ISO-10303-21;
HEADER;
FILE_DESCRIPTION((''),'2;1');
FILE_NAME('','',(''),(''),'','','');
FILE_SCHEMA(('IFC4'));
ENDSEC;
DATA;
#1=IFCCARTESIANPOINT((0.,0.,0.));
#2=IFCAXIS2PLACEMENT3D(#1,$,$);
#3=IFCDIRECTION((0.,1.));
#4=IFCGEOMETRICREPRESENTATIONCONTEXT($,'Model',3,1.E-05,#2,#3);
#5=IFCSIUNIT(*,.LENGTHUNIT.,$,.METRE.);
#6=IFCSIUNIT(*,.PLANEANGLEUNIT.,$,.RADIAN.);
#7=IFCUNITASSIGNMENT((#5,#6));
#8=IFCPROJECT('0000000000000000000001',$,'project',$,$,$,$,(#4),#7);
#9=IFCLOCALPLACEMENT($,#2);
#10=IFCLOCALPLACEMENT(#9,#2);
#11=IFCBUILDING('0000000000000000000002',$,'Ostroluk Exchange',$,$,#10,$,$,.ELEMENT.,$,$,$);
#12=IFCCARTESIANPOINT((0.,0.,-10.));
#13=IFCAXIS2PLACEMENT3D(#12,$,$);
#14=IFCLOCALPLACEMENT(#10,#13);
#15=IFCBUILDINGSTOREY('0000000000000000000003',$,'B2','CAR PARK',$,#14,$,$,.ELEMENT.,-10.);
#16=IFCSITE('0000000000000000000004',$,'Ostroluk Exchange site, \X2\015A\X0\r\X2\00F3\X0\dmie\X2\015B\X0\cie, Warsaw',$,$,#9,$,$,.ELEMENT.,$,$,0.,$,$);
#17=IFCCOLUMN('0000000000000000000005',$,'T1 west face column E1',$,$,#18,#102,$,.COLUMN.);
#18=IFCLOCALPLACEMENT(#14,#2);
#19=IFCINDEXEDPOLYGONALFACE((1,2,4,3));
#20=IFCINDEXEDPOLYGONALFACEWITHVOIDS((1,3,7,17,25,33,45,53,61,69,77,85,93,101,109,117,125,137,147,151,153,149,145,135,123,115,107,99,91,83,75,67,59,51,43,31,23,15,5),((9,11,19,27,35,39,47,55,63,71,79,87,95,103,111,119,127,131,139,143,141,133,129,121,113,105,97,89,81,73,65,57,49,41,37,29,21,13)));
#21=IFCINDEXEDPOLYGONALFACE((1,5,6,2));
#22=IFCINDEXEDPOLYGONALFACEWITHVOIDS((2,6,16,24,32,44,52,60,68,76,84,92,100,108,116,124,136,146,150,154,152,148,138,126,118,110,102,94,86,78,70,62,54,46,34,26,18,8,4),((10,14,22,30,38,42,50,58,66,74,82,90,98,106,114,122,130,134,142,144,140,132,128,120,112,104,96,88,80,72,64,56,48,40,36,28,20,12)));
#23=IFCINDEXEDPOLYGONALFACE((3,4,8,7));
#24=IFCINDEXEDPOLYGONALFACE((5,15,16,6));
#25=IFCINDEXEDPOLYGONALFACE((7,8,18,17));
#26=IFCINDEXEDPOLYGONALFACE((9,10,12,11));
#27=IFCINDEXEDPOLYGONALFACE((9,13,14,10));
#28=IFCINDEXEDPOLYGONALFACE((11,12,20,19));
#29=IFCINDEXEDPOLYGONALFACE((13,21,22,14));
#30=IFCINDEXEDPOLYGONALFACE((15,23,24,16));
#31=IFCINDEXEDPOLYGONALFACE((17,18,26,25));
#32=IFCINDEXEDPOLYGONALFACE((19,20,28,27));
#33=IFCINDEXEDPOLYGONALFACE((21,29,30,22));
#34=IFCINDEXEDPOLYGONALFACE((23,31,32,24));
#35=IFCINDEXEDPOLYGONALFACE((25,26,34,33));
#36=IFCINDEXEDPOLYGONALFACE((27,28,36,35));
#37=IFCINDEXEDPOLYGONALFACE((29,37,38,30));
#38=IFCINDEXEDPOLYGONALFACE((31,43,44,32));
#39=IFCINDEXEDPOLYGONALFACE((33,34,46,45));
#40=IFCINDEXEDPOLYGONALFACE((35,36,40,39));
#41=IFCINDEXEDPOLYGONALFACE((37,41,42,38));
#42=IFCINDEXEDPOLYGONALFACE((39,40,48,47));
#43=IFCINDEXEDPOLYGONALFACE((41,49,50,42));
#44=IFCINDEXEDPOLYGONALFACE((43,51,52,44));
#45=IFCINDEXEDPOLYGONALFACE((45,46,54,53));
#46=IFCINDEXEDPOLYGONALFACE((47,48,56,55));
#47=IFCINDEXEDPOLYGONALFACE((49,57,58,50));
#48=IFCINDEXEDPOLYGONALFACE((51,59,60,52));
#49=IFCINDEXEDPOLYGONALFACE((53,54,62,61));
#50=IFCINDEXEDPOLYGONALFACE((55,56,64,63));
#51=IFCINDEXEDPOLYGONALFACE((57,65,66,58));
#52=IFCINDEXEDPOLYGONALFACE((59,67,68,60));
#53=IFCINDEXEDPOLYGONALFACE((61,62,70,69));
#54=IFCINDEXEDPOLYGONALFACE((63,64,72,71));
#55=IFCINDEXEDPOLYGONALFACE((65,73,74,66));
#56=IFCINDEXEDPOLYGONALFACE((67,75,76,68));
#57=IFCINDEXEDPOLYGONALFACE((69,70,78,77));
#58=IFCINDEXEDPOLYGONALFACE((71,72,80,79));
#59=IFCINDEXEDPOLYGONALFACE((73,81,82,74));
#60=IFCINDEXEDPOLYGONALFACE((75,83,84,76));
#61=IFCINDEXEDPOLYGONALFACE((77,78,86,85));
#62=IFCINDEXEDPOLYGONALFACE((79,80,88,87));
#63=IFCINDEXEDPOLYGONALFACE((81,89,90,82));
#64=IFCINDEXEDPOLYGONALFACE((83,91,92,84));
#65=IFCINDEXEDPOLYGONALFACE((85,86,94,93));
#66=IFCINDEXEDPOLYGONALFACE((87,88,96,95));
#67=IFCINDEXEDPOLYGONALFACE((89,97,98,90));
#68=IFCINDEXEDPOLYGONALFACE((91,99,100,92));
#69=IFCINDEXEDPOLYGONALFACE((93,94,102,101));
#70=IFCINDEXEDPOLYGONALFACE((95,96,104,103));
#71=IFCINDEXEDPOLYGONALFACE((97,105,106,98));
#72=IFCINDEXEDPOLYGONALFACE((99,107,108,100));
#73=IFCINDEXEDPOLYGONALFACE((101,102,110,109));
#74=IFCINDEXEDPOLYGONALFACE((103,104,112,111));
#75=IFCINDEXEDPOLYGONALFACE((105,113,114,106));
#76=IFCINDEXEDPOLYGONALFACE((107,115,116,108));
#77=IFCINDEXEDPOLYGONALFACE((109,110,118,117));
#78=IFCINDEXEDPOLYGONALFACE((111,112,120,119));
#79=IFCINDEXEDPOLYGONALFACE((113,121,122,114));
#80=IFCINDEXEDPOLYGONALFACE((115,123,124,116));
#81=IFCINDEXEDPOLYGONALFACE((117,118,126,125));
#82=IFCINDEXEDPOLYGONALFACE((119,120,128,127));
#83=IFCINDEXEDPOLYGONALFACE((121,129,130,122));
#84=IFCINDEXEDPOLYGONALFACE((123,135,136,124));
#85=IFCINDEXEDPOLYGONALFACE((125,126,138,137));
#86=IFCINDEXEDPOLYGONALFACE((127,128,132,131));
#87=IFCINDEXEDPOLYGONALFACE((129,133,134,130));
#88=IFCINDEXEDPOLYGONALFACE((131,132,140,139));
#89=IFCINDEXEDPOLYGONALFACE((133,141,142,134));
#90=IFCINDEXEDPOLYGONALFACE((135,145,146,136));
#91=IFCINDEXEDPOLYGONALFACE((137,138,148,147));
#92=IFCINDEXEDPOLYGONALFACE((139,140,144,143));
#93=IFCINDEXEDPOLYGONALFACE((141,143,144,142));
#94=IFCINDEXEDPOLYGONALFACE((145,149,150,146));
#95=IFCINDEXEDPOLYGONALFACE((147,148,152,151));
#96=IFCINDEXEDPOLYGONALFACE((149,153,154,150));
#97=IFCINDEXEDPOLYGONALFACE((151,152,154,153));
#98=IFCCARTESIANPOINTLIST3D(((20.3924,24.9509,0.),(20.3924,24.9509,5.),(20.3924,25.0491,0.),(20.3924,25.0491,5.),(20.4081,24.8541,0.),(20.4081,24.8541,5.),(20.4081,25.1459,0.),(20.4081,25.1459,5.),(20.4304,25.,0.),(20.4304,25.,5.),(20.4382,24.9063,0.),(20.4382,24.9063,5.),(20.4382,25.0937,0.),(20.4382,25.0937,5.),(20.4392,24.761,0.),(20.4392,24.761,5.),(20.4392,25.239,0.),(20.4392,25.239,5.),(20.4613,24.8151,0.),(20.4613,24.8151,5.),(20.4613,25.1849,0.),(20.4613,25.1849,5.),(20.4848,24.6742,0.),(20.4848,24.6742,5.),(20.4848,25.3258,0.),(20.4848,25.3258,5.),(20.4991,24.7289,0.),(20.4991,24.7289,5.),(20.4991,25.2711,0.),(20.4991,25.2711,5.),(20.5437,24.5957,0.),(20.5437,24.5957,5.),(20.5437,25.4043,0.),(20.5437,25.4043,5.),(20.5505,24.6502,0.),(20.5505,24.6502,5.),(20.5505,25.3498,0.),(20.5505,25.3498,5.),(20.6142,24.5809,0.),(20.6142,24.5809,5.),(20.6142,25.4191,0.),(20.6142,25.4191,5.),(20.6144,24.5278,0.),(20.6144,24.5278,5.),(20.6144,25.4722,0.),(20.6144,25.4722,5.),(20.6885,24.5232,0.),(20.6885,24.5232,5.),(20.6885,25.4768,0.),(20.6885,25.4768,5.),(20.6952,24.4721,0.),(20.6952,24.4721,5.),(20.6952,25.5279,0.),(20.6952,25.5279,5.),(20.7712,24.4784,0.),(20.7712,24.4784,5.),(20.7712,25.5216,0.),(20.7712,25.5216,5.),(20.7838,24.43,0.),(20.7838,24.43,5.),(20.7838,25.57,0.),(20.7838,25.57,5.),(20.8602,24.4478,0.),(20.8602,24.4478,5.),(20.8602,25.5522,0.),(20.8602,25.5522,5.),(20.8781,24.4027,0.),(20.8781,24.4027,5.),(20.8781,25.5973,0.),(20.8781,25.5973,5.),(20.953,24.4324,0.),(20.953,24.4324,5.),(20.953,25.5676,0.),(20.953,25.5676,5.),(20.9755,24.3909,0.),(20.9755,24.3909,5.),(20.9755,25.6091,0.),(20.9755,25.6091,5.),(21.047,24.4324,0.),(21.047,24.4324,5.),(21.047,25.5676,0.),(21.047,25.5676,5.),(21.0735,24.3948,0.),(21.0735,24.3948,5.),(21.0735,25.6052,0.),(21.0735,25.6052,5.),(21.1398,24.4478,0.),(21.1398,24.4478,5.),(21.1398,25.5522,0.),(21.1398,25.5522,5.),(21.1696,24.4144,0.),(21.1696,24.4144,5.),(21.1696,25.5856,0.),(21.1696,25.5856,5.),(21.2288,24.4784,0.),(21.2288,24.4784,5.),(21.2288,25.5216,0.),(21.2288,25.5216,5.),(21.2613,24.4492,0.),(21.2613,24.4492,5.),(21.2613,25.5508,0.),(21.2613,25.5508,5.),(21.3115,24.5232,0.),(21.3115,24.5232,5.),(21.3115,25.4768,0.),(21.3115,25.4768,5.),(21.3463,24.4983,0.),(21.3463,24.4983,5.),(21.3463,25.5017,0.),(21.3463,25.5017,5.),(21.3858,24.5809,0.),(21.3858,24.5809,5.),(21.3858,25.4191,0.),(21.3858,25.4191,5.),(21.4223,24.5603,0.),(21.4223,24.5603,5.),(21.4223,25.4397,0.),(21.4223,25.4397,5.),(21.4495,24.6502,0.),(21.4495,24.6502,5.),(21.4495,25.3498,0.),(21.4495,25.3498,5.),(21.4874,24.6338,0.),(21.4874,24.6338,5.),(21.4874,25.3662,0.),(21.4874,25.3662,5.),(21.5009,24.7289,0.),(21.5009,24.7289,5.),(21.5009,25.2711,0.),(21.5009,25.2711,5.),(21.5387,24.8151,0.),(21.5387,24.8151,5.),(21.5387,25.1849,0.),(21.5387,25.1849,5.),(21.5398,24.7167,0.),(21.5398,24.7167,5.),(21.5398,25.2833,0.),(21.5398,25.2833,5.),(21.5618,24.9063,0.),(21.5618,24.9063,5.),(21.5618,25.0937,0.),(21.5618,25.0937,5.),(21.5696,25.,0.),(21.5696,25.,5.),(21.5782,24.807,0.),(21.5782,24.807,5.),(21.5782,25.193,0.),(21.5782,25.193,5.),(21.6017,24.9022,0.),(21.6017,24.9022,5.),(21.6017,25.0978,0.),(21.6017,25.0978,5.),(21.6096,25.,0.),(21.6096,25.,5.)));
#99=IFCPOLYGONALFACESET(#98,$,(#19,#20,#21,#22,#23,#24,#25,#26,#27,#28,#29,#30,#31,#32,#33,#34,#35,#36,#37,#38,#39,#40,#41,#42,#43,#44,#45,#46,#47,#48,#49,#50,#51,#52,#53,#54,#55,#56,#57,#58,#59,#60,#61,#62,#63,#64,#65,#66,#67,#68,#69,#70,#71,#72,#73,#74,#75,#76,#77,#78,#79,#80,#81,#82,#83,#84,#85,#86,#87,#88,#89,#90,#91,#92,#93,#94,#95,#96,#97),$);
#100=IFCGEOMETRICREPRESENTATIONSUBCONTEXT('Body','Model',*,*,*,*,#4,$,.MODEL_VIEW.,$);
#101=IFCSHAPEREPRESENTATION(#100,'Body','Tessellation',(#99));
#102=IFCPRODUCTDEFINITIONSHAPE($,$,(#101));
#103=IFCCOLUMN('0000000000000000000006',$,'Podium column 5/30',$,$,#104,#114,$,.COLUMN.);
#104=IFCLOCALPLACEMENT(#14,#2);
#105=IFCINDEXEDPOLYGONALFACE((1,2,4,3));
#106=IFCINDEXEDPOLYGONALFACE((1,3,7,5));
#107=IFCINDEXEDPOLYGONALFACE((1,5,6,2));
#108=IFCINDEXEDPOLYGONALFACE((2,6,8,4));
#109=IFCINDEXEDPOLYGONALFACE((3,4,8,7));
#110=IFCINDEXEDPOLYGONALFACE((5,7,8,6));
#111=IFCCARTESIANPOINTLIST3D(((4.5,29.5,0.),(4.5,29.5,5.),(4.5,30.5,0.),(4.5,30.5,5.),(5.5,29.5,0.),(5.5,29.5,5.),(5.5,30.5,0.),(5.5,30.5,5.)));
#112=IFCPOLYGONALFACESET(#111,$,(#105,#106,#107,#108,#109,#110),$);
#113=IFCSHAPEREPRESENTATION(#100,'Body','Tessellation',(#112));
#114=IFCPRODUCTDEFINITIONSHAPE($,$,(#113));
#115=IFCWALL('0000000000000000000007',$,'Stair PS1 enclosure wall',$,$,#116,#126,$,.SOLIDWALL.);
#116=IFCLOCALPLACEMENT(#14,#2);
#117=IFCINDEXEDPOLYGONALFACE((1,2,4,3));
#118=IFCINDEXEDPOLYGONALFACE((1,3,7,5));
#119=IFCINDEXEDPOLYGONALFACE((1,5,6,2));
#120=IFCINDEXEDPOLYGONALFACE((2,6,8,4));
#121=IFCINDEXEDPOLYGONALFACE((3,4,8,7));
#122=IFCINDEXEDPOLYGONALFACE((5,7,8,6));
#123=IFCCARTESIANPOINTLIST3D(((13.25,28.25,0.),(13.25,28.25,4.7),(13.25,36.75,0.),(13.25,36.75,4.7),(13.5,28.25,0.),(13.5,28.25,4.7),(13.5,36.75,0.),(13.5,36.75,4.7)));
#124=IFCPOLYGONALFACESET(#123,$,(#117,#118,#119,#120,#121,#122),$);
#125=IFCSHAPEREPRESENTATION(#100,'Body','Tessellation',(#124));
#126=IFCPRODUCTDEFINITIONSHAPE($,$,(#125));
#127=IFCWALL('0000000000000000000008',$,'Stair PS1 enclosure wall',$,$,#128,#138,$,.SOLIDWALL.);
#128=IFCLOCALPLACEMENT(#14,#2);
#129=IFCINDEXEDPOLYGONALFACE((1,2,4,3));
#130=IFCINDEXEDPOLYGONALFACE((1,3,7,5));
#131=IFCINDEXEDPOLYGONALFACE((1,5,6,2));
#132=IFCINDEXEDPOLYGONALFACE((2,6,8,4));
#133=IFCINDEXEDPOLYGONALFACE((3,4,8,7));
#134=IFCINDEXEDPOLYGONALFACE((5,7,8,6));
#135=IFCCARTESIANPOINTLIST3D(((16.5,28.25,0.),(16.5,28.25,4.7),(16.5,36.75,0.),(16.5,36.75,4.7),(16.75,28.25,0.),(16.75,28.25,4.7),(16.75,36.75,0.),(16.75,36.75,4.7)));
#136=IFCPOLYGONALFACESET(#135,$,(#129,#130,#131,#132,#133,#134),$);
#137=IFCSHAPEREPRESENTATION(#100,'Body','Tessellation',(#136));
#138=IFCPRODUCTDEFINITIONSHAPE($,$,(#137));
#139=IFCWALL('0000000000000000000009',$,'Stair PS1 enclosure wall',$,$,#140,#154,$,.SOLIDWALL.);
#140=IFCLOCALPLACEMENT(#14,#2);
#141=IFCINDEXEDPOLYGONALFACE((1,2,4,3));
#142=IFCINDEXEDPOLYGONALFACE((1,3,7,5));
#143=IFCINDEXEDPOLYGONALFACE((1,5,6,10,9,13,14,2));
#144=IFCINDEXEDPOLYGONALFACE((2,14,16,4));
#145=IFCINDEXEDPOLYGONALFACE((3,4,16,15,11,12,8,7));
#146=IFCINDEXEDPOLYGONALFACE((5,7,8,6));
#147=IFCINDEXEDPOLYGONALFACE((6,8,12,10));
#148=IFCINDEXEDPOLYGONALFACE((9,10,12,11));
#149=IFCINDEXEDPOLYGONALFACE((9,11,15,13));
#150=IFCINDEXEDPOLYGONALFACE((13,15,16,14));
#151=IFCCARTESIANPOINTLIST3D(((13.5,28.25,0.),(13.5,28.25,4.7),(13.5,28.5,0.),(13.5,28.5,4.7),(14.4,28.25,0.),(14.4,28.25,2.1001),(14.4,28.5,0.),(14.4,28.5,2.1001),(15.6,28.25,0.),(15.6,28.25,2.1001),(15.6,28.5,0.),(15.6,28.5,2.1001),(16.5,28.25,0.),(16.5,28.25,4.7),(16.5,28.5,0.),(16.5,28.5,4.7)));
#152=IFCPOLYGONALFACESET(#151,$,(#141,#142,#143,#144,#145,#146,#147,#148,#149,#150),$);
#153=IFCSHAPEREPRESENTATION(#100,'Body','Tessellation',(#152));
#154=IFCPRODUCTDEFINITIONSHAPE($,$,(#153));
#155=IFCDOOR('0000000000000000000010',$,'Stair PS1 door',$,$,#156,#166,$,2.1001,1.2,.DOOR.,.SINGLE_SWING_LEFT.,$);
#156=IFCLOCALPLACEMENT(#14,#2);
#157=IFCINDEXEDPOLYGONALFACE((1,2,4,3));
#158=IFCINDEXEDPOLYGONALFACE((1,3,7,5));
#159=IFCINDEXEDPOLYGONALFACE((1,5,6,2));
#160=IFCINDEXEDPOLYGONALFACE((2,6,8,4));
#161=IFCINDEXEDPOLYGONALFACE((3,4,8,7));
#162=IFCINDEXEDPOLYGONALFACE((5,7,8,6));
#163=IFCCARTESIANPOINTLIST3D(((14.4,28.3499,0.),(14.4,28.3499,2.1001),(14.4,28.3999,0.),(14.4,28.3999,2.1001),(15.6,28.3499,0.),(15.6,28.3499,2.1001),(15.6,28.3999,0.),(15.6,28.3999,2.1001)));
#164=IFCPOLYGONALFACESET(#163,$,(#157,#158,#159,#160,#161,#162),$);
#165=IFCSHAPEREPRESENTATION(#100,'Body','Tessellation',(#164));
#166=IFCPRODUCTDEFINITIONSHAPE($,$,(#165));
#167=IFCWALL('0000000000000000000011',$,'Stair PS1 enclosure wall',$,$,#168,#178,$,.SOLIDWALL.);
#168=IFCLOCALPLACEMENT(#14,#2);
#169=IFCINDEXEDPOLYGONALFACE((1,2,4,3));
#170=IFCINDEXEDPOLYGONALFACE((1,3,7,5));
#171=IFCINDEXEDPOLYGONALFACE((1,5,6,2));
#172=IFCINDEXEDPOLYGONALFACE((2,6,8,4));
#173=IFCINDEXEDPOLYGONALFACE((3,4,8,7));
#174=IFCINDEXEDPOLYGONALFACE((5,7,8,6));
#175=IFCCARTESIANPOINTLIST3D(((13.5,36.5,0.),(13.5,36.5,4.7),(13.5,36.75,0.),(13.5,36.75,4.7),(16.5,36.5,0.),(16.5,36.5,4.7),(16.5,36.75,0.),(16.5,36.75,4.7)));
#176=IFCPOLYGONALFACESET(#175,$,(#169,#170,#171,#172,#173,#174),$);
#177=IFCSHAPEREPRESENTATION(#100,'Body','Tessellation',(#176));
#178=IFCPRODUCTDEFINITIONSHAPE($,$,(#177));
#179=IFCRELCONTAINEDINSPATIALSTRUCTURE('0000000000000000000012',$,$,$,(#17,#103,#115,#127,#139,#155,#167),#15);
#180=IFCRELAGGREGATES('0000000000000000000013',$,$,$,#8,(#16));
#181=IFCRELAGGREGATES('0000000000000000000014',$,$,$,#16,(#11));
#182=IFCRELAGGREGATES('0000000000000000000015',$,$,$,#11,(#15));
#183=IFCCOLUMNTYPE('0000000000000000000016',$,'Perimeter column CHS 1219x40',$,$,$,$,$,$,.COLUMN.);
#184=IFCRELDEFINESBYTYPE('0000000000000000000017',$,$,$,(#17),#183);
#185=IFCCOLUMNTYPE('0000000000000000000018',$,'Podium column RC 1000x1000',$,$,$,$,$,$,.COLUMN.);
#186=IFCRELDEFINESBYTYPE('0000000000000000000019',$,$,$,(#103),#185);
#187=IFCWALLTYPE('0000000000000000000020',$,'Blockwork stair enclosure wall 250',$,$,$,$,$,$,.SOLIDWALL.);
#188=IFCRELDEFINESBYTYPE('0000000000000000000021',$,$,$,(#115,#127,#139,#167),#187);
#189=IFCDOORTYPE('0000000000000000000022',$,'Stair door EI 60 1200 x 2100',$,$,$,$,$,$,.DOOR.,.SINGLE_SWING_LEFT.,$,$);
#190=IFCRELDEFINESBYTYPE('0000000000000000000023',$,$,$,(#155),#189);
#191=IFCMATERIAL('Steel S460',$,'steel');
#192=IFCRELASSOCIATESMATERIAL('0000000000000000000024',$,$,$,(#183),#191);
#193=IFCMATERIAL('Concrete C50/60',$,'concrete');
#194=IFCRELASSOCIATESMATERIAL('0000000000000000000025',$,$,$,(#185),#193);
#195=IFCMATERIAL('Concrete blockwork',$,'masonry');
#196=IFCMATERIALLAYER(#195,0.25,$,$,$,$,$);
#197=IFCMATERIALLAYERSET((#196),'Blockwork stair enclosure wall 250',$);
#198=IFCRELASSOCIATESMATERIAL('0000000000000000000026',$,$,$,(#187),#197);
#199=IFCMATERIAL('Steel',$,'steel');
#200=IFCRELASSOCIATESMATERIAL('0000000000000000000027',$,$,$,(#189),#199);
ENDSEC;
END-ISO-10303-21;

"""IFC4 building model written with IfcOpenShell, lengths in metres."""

from ifc_helpers import new_model, si_unit, direction, frame, frame_2d, origin, origin_2d, place, context, subcontext, project, spatial, rectangle, hollow_circle, extrude, material, layer, layer_set, material_profile, profile_set, type_object, element, fill, save


model = new_model("IFC4")

# Units and contexts
model_context = context("Model", 3, precision=1e-05, world=origin(), true_north=direction((0.0, 1.0)))
body_context = subcontext(model_context, "Body", "Model", "MODEL_VIEW")
ifc_project = project(units=[si_unit("LENGTHUNIT", "METRE"), si_unit("PLANEANGLEUNIT", "RADIAN")], contexts=[model_context])

# Site, building, storey
site_placement = place(None, origin())
site = spatial("IfcSite", under=ifc_project, at=site_placement, Name="Ostroluk Exchange site, Śródmieście, Warsaw", CompositionType="ELEMENT", RefElevation=0.0)
building_placement = place(site_placement, origin())
building = spatial("IfcBuilding", under=site, at=building_placement, Name="Ostroluk Exchange", CompositionType="ELEMENT")
storey_placement = place(building_placement, frame((0.0, 0.0, -10.0)))
storey = spatial("IfcBuildingStorey", under=building, at=storey_placement, Name="B2", Description="CAR PARK", CompositionType="ELEMENT", Elevation=-10.0)

# Columns
ifc_material_1 = material(Name="Steel S460", Category="steel")
ifc_material_profile_1 = material_profile(ifc_material_1, hollow_circle(Radius=0.6096, WallThickness=0.04, at=origin_2d()), Name="CHS 1219x40")
ifc_profile_set_1 = profile_set([ifc_material_profile_1], Name="Steel S460")
column_type_1 = type_object("IfcColumnType", Name="Perimeter column CHS 1219x40", PredefinedType="COLUMN", material=ifc_profile_set_1)
column_1_placement = place(storey_placement, frame((21.0, 25.0, 0.0), z_axis=(0.0, 0.0, 1.0), x_axis=(1.0, 0.0, 0.0)))
element("IfcColumn", 1, at=column_1_placement, inside=storey, type_object=column_type_1, Name="T1 west face column E1", PredefinedType="COLUMN", context=body_context, shape_type="SweptSolid", body=[
    extrude(hollow_circle(Radius=0.6096, WallThickness=0.04, at=origin_2d()), origin(), (0.0, 0.0, 1.0), 5.0),
])
ifc_material_2 = material(Name="Concrete C50/60", Category="concrete")
ifc_material_profile_2 = material_profile(ifc_material_2, rectangle(XDim=1.0, YDim=1.0, at=origin_2d()), Name="RC 1000x1000")
ifc_profile_set_2 = profile_set([ifc_material_profile_2], Name="Concrete C50/60")
column_type_2 = type_object("IfcColumnType", Name="Podium column RC 1000x1000", PredefinedType="COLUMN", material=ifc_profile_set_2)
column_2_placement = place(storey_placement, frame((5.0, 30.0, 0.0), z_axis=(0.0, 0.0, 1.0), x_axis=(1.0, 0.0, 0.0)))
element("IfcColumn", 2, at=column_2_placement, inside=storey, type_object=column_type_2, Name="Podium column 5/30", PredefinedType="COLUMN", context=body_context, shape_type="SweptSolid", body=[
    extrude(rectangle(XDim=1.0, YDim=1.0, at=origin_2d()), origin(), (0.0, 0.0, 1.0), 5.0),
])

# Walls
ifc_material_3 = material(Name="Concrete blockwork", Category="masonry")
ifc_layer_1 = layer(ifc_material_3, 0.25)
ifc_layer_set_1 = layer_set([ifc_layer_1], Name="Blockwork stair enclosure wall 250")
wall_type = type_object("IfcWallType", Name="Blockwork stair enclosure wall 250", PredefinedType="SOLIDWALL", material=ifc_layer_set_1)
for number, where, z_axis, x_axis, name in (
    (3, (13.375, 28.25, 0.0), (0.0, 0.0, 1.0), (0.0, 1.0, 0.0), "Stair PS1 enclosure wall"),
    (4, (16.625, 28.25, 0.0), (0.0, 0.0, 1.0), (0.0, 1.0, 0.0), "Stair PS1 enclosure wall"),
):
    element("IfcWall", number, at=place(storey_placement, frame(where, z_axis=z_axis, x_axis=x_axis)), inside=storey, type_object=wall_type, Name=name, PredefinedType="SOLIDWALL", context=body_context, shape_type="SweptSolid", body=[
        extrude(rectangle(XDim=8.5, YDim=0.25, at=frame_2d((4.25, 0.0))), origin(), (0.0, 0.0, 1.0), 4.7),
    ])

# Wall, opening, door
wall_1_placement = place(storey_placement, frame((13.5, 28.375, 0.0), z_axis=(0.0, 0.0, 1.0), x_axis=(1.0, 0.0, 0.0)))
wall_1 = element("IfcWall", 5, at=wall_1_placement, inside=storey, type_object=wall_type, Name="Stair PS1 enclosure wall", PredefinedType="SOLIDWALL", context=body_context, shape_type="SweptSolid", body=[
    extrude(rectangle(XDim=3.0, YDim=0.25, at=frame_2d((1.5, 0.0))), origin(), (0.0, 0.0, 1.0), 4.7),
])
opening_placement = place(wall_1_placement, frame((0.8999, 0.0, 0.0)))
opening = element("IfcOpeningElement", 6, at=opening_placement, cuts=wall_1, PredefinedType="OPENING", context=body_context, shape_type="SweptSolid", body=[
    extrude(rectangle(XDim=1.2, YDim=2.1001, at=frame_2d((0.6001, 1.05))), frame((0.0, 0.135, 0.0), z_axis=(0.0, -1.0, 0.0), x_axis=(1.0, 0.0, 0.0)), (0.0, 0.0, 1.0), 0.27),
])
ifc_material_4 = material(Name="Steel", Category="steel")
door_type = type_object("IfcDoorType", Name="Stair door EI 60 1200 x 2100", OperationType="SINGLE_SWING_LEFT", PredefinedType="DOOR", material=ifc_material_4)
door_placement = place(opening_placement, origin())
door = element("IfcDoor", 7, at=door_placement, inside=storey, type_object=door_type, Name="Stair PS1 door", OperationType="SINGLE_SWING_LEFT", OverallHeight=2.1001, OverallWidth=1.2, PredefinedType="DOOR", context=body_context, shape_type="SweptSolid", body=[
    extrude(rectangle(XDim=1.2, YDim=2.1001, at=frame_2d((0.6001, 1.05))), frame((0.0, 0.0249, 0.0), z_axis=(0.0, -1.0, 0.0), x_axis=(1.0, 0.0, 0.0)), (0.0, 0.0, 1.0), 0.05),
])
fill(opening, door)

# Wall
wall_2_placement = place(storey_placement, frame((13.5, 36.625, 0.0), z_axis=(0.0, 0.0, 1.0), x_axis=(1.0, 0.0, 0.0)))
element("IfcWall", 8, at=wall_2_placement, inside=storey, type_object=wall_type, Name="Stair PS1 enclosure wall", PredefinedType="SOLIDWALL", context=body_context, shape_type="SweptSolid", body=[
    extrude(rectangle(XDim=3.0, YDim=0.25, at=frame_2d((1.5, 0.0))), origin(), (0.0, 0.0, 1.0), 4.7),
])

save(model, "model.ifc")
